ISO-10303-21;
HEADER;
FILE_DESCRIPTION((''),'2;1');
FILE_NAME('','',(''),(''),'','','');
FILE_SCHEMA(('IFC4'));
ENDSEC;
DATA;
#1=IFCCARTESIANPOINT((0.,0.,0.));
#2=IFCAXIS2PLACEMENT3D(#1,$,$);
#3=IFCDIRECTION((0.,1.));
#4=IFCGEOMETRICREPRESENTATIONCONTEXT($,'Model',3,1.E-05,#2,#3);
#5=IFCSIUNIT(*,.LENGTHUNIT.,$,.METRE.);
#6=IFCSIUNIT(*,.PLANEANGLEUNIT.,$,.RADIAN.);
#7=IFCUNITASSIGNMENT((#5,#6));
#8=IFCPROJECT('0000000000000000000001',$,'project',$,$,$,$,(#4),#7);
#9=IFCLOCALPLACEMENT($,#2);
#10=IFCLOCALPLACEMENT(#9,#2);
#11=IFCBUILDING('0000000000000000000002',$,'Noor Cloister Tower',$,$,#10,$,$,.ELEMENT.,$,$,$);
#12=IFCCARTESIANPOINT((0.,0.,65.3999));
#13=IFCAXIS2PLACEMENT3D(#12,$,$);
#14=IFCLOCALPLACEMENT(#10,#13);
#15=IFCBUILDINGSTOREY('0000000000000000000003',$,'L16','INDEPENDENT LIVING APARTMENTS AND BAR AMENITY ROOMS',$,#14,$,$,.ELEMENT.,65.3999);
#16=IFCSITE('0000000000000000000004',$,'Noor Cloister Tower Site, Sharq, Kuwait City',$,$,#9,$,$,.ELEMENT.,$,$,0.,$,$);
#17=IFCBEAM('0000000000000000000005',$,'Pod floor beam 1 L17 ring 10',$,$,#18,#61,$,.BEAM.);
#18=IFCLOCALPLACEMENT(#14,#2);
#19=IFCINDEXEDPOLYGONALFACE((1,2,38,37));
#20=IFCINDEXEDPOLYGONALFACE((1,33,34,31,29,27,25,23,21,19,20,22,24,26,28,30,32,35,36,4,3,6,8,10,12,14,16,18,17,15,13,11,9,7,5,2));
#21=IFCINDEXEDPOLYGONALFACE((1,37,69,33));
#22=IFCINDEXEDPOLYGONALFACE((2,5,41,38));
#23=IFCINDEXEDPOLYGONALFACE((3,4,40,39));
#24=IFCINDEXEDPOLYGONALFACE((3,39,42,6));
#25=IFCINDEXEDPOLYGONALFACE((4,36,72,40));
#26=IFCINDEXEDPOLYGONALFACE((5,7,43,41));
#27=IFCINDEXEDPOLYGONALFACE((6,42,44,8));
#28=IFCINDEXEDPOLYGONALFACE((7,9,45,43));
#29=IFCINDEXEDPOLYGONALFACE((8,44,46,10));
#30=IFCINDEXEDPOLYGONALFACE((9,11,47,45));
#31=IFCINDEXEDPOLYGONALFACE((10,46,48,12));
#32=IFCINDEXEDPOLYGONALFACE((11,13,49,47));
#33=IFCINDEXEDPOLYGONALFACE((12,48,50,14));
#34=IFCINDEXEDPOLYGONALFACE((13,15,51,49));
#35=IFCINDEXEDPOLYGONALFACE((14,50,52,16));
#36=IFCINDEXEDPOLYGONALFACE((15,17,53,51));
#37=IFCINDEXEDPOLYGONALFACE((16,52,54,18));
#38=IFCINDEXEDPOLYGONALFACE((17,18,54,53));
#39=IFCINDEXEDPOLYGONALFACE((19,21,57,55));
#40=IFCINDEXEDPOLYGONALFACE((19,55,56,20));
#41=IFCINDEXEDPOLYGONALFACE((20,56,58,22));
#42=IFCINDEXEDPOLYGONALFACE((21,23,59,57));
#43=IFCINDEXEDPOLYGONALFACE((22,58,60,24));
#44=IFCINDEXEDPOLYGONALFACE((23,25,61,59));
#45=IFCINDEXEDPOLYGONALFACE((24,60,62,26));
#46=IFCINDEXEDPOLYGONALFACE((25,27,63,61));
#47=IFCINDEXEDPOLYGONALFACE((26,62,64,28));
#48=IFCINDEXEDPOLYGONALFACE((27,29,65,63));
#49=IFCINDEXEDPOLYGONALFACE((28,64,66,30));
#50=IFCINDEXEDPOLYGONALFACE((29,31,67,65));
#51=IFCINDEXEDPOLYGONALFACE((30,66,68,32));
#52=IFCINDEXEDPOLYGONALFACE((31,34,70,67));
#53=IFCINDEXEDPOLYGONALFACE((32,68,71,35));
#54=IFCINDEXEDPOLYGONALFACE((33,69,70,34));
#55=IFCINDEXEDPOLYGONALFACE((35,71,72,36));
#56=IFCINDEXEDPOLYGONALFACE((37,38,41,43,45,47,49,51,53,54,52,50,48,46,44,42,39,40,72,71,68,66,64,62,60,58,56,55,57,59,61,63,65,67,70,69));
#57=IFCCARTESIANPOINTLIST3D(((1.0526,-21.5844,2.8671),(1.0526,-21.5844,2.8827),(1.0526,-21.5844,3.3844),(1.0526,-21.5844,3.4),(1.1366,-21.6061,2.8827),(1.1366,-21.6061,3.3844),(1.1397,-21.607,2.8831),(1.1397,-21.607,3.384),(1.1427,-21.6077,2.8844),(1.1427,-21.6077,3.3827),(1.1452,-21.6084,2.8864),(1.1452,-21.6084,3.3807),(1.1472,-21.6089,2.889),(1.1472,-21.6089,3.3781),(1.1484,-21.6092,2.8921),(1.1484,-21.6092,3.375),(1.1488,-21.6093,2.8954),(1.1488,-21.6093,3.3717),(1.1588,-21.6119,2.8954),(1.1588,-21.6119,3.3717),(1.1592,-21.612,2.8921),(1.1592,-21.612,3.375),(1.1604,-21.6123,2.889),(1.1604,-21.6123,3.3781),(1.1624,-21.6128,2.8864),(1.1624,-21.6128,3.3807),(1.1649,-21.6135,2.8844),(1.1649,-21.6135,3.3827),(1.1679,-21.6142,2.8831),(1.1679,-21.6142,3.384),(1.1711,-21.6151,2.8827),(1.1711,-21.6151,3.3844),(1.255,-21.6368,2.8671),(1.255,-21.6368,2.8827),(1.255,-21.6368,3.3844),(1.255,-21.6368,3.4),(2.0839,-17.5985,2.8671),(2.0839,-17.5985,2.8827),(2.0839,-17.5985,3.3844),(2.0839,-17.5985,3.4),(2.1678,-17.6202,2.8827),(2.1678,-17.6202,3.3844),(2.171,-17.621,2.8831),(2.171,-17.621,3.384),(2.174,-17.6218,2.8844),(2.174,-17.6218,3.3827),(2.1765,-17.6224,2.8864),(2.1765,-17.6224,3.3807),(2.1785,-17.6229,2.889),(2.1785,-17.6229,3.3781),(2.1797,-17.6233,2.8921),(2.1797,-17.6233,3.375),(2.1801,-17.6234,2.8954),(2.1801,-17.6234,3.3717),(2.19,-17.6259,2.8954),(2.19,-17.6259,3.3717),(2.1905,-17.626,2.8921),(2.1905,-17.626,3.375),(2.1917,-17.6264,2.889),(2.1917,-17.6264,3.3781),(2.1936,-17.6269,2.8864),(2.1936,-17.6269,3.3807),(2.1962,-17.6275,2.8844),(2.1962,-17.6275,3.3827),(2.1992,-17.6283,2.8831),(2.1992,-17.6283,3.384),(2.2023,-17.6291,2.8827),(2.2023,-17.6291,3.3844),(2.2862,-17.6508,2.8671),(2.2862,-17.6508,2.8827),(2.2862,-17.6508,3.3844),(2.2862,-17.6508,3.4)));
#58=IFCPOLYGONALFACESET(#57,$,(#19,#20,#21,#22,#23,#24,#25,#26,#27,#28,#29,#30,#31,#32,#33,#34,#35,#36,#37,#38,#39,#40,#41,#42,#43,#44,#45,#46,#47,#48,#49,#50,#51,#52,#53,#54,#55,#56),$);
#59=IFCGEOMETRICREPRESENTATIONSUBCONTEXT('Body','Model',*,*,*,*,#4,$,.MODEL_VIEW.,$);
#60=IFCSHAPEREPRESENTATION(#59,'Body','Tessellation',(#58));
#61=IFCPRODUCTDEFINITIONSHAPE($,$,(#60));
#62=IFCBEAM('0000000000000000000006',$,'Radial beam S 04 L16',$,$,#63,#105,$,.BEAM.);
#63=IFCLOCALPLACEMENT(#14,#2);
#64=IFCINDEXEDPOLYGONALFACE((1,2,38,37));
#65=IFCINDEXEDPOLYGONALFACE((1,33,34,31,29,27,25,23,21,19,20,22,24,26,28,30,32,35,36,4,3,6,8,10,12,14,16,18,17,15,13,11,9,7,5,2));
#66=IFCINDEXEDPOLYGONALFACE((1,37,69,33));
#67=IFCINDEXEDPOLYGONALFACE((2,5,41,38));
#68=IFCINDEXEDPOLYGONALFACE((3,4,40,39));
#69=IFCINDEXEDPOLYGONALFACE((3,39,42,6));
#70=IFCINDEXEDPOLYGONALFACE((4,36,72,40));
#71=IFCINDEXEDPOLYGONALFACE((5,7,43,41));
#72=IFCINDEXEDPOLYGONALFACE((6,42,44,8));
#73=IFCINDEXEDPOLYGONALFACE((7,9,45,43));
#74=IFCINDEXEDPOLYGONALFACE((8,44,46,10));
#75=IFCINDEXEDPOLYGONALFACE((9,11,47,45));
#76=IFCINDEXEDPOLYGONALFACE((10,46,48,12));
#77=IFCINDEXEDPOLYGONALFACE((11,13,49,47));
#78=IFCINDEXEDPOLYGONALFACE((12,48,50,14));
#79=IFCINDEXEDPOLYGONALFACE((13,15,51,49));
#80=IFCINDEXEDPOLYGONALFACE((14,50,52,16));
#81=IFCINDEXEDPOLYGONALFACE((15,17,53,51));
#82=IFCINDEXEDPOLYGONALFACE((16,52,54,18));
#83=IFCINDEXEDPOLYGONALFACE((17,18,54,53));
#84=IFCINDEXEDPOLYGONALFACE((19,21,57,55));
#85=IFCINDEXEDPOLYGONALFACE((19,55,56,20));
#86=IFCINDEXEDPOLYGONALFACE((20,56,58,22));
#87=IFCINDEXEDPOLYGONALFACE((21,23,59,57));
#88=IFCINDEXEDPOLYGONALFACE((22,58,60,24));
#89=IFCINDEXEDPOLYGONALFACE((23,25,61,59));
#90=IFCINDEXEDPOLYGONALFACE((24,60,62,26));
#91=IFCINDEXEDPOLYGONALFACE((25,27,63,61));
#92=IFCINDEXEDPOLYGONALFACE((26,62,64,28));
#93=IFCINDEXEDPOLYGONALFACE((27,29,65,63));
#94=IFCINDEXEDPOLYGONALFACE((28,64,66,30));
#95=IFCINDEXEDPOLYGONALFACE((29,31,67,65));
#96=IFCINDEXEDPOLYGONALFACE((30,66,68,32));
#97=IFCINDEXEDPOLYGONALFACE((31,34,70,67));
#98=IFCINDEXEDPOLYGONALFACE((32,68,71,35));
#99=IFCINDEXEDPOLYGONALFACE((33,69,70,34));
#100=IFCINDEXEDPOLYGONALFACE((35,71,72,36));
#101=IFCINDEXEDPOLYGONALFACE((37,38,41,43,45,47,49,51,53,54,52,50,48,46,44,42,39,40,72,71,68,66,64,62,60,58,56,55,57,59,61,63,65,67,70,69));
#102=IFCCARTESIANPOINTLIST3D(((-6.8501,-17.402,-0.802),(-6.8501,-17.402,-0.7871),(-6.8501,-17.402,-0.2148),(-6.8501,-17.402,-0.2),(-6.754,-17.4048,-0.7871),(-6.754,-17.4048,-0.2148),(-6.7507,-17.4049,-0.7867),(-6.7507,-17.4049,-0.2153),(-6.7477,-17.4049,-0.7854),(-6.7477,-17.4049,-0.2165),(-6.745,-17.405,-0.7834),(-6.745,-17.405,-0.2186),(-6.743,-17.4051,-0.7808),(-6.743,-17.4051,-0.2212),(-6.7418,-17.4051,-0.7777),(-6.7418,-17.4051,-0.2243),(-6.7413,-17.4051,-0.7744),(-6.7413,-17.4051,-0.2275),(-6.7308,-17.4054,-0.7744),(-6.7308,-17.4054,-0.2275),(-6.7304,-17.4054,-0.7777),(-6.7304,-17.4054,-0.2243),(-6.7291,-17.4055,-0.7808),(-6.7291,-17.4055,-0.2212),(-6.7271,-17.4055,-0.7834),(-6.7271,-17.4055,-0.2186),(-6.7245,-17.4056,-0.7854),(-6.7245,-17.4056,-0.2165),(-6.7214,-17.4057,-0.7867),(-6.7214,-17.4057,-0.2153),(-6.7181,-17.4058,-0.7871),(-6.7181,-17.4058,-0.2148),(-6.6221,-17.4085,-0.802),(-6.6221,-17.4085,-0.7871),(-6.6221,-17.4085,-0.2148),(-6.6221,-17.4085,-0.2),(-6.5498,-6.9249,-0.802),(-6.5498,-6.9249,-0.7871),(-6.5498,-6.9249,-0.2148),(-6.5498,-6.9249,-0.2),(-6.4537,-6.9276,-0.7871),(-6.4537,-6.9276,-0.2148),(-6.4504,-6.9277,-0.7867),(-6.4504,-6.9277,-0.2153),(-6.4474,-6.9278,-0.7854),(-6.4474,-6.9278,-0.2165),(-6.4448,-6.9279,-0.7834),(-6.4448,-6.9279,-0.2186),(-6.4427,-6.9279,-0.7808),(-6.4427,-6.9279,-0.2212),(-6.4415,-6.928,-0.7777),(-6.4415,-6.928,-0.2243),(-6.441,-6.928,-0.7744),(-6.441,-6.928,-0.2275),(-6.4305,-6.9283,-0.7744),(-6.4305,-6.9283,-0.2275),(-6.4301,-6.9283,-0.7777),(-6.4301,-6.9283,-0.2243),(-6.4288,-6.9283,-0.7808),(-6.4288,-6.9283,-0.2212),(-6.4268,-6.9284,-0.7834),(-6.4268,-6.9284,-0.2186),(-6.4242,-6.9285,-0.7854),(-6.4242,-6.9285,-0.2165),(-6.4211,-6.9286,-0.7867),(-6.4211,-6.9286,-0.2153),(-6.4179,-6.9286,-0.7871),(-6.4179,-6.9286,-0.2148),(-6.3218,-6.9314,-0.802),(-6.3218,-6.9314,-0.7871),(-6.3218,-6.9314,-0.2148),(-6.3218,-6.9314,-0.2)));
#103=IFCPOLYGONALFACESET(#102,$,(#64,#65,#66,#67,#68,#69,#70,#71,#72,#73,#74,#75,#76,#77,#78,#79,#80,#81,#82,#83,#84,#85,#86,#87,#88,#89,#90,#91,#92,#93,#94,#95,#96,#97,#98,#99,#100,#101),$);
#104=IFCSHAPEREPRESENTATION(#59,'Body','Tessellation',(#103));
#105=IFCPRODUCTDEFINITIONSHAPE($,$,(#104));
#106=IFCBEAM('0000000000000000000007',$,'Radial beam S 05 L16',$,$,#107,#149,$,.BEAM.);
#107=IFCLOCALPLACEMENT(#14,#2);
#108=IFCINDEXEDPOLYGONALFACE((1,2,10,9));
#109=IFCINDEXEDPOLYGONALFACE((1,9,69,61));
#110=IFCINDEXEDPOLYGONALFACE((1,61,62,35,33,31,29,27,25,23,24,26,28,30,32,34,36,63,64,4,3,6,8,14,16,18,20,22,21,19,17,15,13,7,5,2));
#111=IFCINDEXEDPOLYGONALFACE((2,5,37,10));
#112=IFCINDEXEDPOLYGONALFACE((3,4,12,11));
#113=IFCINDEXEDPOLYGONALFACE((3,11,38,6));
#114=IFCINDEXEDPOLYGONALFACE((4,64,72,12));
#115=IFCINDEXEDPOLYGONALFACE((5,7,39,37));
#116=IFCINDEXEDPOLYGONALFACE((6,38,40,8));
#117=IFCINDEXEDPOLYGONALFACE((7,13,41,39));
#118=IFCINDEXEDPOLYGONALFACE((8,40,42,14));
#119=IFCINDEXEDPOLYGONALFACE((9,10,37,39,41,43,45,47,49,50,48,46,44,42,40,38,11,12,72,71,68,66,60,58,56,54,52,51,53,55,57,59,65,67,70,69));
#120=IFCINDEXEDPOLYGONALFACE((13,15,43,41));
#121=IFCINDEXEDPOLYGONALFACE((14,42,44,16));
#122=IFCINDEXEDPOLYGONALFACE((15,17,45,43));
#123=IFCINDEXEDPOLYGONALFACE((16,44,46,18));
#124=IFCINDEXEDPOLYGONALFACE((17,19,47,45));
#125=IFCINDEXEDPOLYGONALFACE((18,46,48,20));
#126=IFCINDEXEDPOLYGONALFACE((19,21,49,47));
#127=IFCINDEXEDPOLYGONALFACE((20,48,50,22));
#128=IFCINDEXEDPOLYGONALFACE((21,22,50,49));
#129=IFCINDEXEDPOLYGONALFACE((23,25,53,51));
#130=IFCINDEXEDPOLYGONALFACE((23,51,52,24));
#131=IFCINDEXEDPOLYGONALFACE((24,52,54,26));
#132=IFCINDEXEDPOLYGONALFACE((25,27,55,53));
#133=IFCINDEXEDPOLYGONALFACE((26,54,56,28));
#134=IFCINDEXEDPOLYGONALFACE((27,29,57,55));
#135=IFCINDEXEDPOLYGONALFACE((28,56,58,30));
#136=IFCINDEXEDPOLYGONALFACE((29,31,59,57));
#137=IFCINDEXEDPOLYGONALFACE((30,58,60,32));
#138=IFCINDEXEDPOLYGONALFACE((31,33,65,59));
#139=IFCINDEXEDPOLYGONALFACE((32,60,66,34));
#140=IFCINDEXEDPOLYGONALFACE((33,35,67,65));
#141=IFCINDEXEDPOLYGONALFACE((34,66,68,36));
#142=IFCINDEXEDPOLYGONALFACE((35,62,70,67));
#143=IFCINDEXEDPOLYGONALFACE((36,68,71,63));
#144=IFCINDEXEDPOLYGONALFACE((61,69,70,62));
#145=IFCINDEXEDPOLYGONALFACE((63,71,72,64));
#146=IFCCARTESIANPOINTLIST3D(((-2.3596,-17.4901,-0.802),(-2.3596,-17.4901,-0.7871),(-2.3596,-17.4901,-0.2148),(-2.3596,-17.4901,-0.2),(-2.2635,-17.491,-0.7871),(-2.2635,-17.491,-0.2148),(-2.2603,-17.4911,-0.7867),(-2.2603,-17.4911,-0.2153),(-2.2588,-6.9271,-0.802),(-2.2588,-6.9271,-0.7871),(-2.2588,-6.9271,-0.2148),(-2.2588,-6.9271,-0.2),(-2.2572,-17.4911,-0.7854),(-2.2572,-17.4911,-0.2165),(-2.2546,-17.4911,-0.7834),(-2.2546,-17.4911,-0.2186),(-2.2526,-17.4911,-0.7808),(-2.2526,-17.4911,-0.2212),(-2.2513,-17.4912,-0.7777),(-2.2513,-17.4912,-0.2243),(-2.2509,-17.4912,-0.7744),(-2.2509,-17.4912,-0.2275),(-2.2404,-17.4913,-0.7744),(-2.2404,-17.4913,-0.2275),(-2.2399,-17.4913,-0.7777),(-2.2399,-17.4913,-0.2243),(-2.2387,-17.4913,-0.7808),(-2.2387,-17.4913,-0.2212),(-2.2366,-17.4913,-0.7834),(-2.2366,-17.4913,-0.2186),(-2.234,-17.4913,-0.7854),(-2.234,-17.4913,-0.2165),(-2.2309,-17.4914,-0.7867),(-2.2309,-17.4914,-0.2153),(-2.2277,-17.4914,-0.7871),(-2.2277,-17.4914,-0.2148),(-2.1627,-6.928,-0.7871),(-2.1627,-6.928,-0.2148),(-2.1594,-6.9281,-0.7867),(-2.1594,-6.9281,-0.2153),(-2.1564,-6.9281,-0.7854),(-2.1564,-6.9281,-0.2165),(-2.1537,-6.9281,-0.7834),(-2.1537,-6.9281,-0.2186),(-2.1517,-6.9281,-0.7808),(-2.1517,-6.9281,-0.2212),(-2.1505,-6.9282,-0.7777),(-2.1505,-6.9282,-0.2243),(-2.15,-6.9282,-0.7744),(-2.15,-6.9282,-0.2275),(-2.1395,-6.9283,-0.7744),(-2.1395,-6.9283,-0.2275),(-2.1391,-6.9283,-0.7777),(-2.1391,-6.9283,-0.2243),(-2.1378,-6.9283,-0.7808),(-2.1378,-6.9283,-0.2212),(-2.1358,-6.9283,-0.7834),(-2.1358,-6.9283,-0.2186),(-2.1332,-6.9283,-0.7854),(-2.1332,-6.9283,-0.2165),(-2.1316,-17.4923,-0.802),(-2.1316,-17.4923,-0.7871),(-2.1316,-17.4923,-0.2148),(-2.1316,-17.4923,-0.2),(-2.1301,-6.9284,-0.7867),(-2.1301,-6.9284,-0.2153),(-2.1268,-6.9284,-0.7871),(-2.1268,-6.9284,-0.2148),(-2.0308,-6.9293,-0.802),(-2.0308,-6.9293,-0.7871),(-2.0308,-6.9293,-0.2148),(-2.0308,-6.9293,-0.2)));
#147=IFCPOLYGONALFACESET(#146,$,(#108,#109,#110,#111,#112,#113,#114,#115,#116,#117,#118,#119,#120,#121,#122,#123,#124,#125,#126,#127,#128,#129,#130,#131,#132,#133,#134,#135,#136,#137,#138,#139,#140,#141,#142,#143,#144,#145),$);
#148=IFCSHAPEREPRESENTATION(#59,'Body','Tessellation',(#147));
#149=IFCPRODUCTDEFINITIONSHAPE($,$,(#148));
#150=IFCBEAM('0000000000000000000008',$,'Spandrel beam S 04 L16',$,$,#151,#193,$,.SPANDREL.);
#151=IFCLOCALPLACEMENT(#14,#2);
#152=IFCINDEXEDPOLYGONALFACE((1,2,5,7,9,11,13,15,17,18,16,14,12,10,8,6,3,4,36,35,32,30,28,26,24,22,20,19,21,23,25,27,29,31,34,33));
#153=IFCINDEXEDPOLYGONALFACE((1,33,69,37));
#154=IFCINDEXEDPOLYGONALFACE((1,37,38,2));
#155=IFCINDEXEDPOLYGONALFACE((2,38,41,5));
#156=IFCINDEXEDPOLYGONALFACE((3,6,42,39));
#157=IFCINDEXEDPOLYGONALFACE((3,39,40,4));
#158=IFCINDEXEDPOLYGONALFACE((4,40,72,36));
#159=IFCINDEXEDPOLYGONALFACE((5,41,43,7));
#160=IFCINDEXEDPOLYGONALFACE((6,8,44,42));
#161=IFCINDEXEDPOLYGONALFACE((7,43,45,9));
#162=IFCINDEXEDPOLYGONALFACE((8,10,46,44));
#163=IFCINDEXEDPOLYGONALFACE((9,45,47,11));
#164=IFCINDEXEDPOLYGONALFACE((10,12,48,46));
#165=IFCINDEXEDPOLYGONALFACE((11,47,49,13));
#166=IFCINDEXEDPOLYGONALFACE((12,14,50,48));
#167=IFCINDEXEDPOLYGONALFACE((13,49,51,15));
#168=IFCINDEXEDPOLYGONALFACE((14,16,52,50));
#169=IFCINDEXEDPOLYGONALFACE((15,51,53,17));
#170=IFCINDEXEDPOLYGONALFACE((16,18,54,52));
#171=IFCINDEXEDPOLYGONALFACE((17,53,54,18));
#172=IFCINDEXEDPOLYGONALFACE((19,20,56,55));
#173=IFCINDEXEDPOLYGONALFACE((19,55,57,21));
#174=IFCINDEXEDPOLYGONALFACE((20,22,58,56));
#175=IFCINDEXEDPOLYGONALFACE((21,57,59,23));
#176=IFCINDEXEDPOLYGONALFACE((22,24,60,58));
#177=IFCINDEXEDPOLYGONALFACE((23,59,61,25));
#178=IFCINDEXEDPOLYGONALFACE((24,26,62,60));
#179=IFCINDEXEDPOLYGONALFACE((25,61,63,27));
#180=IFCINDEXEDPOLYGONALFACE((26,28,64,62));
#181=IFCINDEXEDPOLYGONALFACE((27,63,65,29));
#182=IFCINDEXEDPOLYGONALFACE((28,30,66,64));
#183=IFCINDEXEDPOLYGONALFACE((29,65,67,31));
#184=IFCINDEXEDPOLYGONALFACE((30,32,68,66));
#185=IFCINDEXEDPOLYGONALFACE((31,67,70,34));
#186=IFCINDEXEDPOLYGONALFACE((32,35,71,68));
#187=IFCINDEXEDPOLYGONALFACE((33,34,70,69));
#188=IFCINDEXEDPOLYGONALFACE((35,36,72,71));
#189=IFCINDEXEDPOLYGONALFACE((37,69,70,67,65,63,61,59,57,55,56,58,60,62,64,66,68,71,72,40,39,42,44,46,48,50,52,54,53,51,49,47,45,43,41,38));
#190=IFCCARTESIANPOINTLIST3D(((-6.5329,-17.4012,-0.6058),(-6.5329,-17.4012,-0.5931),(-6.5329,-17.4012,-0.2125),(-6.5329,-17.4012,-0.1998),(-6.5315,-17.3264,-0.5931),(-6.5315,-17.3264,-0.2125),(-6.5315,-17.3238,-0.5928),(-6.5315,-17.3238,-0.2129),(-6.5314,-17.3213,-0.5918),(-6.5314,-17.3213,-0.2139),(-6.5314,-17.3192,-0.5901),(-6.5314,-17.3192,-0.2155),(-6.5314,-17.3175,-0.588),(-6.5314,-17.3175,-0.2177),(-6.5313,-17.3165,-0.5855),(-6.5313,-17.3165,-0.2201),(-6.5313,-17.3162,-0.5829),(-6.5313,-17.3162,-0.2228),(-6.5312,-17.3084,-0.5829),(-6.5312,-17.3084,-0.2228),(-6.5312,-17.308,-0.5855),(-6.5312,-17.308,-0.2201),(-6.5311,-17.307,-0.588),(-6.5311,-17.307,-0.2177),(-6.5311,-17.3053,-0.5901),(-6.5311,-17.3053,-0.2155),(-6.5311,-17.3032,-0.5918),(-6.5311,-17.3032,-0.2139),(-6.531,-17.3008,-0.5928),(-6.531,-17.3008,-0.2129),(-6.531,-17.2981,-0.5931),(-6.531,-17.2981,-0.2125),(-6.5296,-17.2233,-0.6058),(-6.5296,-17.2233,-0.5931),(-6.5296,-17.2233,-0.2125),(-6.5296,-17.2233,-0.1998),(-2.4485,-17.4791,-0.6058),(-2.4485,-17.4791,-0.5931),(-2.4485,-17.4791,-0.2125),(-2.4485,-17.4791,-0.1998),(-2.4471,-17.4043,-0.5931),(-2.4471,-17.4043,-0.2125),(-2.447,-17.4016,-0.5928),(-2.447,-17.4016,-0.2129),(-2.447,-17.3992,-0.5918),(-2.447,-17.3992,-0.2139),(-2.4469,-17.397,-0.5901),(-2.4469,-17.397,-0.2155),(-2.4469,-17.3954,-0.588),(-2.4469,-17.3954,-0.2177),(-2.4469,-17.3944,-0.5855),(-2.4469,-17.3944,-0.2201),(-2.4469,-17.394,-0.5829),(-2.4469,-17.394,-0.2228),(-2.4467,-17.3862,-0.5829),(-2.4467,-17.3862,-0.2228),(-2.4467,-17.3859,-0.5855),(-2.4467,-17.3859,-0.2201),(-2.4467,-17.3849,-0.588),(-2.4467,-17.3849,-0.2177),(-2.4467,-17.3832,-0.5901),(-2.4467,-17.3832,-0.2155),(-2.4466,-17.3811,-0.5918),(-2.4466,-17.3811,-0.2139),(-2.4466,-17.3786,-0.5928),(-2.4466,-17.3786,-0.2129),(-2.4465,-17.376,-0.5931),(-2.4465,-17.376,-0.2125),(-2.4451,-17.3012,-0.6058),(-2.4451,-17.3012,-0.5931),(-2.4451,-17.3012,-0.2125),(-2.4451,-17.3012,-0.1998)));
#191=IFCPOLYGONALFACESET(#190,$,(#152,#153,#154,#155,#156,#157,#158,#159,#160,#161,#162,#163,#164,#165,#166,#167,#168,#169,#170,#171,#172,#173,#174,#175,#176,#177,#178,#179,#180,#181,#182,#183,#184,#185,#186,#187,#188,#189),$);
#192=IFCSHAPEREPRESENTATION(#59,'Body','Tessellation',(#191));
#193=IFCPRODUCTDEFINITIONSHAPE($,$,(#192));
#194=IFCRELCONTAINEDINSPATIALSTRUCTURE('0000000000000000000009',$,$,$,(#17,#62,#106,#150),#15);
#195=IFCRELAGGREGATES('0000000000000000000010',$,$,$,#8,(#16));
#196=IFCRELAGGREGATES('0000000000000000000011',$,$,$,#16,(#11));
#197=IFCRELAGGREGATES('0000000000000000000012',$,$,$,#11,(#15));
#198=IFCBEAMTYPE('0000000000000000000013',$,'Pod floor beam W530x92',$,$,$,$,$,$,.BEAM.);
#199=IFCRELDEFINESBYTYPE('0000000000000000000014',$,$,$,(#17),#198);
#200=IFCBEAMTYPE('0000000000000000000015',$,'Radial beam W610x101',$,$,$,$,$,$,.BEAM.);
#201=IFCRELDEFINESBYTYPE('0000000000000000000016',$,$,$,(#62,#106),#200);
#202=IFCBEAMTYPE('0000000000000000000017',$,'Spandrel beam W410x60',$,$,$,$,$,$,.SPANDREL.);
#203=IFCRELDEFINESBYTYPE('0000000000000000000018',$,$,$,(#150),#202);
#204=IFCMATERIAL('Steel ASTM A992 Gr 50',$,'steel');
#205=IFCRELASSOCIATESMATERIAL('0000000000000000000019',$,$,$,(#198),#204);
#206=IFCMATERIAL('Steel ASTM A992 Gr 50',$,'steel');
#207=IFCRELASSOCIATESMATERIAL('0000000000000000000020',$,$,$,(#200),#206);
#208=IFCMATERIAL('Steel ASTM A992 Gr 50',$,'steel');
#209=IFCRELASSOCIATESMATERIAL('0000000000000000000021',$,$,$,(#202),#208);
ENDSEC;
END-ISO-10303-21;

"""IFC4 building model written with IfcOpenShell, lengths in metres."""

from ifc_helpers import new_model, si_unit, direction, frame, origin, origin_2d, place, context, subcontext, project, spatial, i_section, extrude, material, material_profile, profile_set, type_object, element, save


model = new_model("IFC4")

# Units and contexts
model_context = context("Model", 3, precision=1e-05, world=origin(), true_north=direction((0.0, 1.0)))
body_context = subcontext(model_context, "Body", "Model", "MODEL_VIEW")
ifc_project = project(units=[si_unit("LENGTHUNIT", "METRE"), si_unit("PLANEANGLEUNIT", "RADIAN")], contexts=[model_context])

# Site, building, storey
site_placement = place(None, origin())
site = spatial("IfcSite", under=ifc_project, at=site_placement, Name="Noor Cloister Tower Site, Sharq, Kuwait City", CompositionType="ELEMENT", RefElevation=0.0)
building_placement = place(site_placement, origin())
building = spatial("IfcBuilding", under=site, at=building_placement, Name="Noor Cloister Tower", CompositionType="ELEMENT")
storey_placement = place(building_placement, frame((0.0, 0.0, 65.3999)))
storey = spatial("IfcBuildingStorey", under=building, at=storey_placement, Name="L16", Description="INDEPENDENT LIVING APARTMENTS AND BAR AMENITY ROOMS", CompositionType="ELEMENT", Elevation=65.3999)

# Beams
ifc_material_1 = material(Name="Steel ASTM A992 Gr 50", Category="steel")
ifc_material_profile_1 = material_profile(ifc_material_1, i_section(OverallWidth=0.209, OverallDepth=0.533, WebThickness=0.0103, FlangeThickness=0.0156, FilletRadius=0.0127, at=origin_2d()), Name="W530x92")
ifc_profile_set_1 = profile_set([ifc_material_profile_1], Name="Steel ASTM A992 Gr 50")
beam_type_1 = type_object("IfcBeamType", Name="Pod floor beam W530x92", PredefinedType="BEAM", material=ifc_profile_set_1)
beam_1_placement = place(storey_placement, frame((1.1538, -21.6106, 3.1335), z_axis=(0.250481, 0.968122, 0.0), x_axis=(-0.968122, 0.250481, 0.0)))
element("IfcBeam", 1, at=beam_1_placement, inside=storey, type_object=beam_type_1, Name="Pod floor beam 1 L17 ring 10", PredefinedType="BEAM", context=body_context, shape_type="SweptSolid", body=[
    extrude(i_section(OverallWidth=0.209, OverallDepth=0.533, WebThickness=0.0103, FlangeThickness=0.0156, FilletRadius=0.0127, at=origin_2d()), origin(), (0.0, 0.0, 1.0), 4.1172),
])
ifc_material_2 = material(Name="Steel ASTM A992 Gr 50", Category="steel")
ifc_material_profile_2 = material_profile(ifc_material_2, i_section(OverallWidth=0.228, OverallDepth=0.6021, WebThickness=0.0105, FlangeThickness=0.0149, FilletRadius=0.0127, at=origin_2d()), Name="W610x101")
ifc_profile_set_2 = profile_set([ifc_material_profile_2], Name="Steel ASTM A992 Gr 50")
beam_type_2 = type_object("IfcBeamType", Name="Radial beam W610x101", PredefinedType="BEAM", material=ifc_profile_set_2)
beam_2_placement = place(storey_placement, frame((-6.7361, -17.4053, -0.501), z_axis=(0.02865, 0.999589, 0.0), x_axis=(-0.999589, 0.02865, 0.0)))
element("IfcBeam", 2, at=beam_2_placement, inside=storey, type_object=beam_type_2, Name="Radial beam S 04 L16", PredefinedType="BEAM", context=body_context, shape_type="SweptSolid", body=[
    extrude(i_section(OverallWidth=0.228, OverallDepth=0.6021, WebThickness=0.0105, FlangeThickness=0.0149, FilletRadius=0.0127, at=origin_2d()), origin(), (0.0, 0.0, 1.0), 10.4814),
])
beam_3_placement = place(storey_placement, frame((-2.2456, -17.4912, -0.501), z_axis=(0.009545, 0.999954, 0.0), x_axis=(-0.999954, 0.009545, 0.0)))
element("IfcBeam", 3, at=beam_3_placement, inside=storey, type_object=beam_type_2, Name="Radial beam S 05 L16", PredefinedType="BEAM", context=body_context, shape_type="SweptSolid", body=[
    extrude(i_section(OverallWidth=0.228, OverallDepth=0.6021, WebThickness=0.0105, FlangeThickness=0.0149, FilletRadius=0.0127, at=origin_2d()), origin(), (0.0, 0.0, 1.0), 10.5635),
])
ifc_material_3 = material(Name="Steel ASTM A992 Gr 50", Category="steel")
ifc_material_profile_3 = material_profile(ifc_material_3, i_section(OverallWidth=0.178, OverallDepth=0.406, WebThickness=0.0078, FlangeThickness=0.0127, FilletRadius=0.0103, at=origin_2d()), Name="W410x60")
ifc_profile_set_3 = profile_set([ifc_material_profile_3], Name="Steel ASTM A992 Gr 50")
beam_type_3 = type_object("IfcBeamType", Name="Spandrel beam W410x60", PredefinedType="SPANDREL", material=ifc_profile_set_3)
beam_4_placement = place(storey_placement, frame((-6.5312, -17.3123, -0.4028), z_axis=(0.999818, -0.019064, 0.0), x_axis=(0.019064, 0.999818, 0.0)))
element("IfcBeam", 4, at=beam_4_placement, inside=storey, type_object=beam_type_3, Name="Spandrel beam S 04 L16", PredefinedType="SPANDREL", context=body_context, shape_type="SweptSolid", body=[
    extrude(i_section(OverallWidth=0.178, OverallDepth=0.406, WebThickness=0.0078, FlangeThickness=0.0127, FilletRadius=0.0103, at=origin_2d()), origin(), (0.0, 0.0, 1.0), 4.0852),
])

save(model, "model.ifc")
